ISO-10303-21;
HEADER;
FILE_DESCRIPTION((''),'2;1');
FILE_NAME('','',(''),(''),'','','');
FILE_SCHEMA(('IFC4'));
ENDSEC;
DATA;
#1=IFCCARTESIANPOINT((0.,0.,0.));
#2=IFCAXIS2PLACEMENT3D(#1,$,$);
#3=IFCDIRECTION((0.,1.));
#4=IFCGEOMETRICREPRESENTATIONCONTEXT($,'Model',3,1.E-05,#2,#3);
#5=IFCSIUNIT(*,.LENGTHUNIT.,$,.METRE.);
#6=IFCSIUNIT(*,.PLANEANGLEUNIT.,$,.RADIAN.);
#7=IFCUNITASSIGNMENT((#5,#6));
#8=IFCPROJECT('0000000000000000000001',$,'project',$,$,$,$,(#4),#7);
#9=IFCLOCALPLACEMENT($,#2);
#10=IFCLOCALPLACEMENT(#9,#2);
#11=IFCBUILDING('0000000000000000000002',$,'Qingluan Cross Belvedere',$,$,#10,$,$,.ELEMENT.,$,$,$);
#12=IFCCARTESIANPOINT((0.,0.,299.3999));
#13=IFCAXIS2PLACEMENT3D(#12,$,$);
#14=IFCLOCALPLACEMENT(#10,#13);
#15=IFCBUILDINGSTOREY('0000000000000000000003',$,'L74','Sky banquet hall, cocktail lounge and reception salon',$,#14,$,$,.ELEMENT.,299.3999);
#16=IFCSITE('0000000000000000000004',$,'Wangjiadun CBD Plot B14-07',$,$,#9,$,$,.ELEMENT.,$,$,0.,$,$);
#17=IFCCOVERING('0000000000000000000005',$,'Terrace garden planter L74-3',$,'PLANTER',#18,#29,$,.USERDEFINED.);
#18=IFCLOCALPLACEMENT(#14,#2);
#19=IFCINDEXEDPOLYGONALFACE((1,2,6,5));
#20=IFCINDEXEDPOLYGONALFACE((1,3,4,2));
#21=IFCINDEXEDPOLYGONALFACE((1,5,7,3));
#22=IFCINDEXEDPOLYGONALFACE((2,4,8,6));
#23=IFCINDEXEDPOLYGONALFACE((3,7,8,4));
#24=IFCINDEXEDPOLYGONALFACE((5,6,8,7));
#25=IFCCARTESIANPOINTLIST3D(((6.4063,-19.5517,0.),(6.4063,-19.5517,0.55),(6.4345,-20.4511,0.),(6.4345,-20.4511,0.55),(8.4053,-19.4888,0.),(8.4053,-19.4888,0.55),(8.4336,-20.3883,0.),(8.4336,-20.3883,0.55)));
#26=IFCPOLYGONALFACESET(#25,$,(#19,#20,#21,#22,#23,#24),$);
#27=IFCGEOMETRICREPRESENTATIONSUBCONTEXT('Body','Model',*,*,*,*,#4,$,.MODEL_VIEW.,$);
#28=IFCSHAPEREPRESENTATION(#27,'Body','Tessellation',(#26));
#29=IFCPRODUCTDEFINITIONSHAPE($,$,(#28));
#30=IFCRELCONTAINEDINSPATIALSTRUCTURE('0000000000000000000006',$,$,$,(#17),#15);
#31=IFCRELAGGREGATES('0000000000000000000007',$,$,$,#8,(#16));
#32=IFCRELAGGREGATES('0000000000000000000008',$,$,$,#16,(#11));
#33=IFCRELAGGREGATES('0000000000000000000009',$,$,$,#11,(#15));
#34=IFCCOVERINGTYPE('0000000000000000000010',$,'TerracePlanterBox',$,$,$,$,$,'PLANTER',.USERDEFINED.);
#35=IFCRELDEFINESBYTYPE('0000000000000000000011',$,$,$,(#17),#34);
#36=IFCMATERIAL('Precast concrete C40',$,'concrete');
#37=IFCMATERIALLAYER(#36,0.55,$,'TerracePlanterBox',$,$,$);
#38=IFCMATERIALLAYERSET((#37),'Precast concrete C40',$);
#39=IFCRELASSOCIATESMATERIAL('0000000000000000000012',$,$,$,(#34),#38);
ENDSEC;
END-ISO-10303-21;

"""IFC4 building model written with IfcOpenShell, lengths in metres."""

from ifc_helpers import new_model, si_unit, direction, frame, origin, origin_2d, place, context, subcontext, project, spatial, rectangle, extrude, material, layer, layer_set, type_object, element, save


model = new_model("IFC4")

# Units and contexts
model_context = context("Model", 3, precision=1e-05, world=origin(), true_north=direction((0.0, 1.0)))
body_context = subcontext(model_context, "Body", "Model", "MODEL_VIEW")
ifc_project = project(units=[si_unit("LENGTHUNIT", "METRE"), si_unit("PLANEANGLEUNIT", "RADIAN")], contexts=[model_context])

# Site, building, storey
site_placement = place(None, origin())
site = spatial("IfcSite", under=ifc_project, at=site_placement, Name="Wangjiadun CBD Plot B14-07", CompositionType="ELEMENT", RefElevation=0.0)
building_placement = place(site_placement, origin())
building = spatial("IfcBuilding", under=site, at=building_placement, Name="Qingluan Cross Belvedere", CompositionType="ELEMENT")
storey_placement = place(building_placement, frame((0.0, 0.0, 299.3999)))
storey = spatial("IfcBuildingStorey", under=building, at=storey_placement, Name="L74", Description="Sky banquet hall, cocktail lounge and reception salon", CompositionType="ELEMENT", Elevation=299.3999)

# Covering
ifc_material_1 = material(Name="Precast concrete C40", Category="concrete")
ifc_layer_1 = layer(ifc_material_1, 0.55, Name="TerracePlanterBox")
ifc_layer_set_1 = layer_set([ifc_layer_1], Name="Precast concrete C40")
covering_type_1 = type_object("IfcCoveringType", Name="TerracePlanterBox", ElementType="PLANTER", PredefinedType="USERDEFINED", material=ifc_layer_set_1)
covering_placement = place(storey_placement, frame((7.4199, -19.97, 0.0), z_axis=(0.0, 0.0, 1.0), x_axis=(0.999507, 0.031411, 0.0)))
element("IfcCovering", 1, at=covering_placement, inside=storey, type_object=covering_type_1, Name="Terrace garden planter L74-3", ObjectType="PLANTER", PredefinedType="USERDEFINED", context=body_context, shape_type="SweptSolid", body=[
    extrude(rectangle(XDim=2.0, YDim=0.8999, at=origin_2d()), origin(), (0.0, 0.0, 1.0), 0.55),
])

save(model, "model.ifc")
